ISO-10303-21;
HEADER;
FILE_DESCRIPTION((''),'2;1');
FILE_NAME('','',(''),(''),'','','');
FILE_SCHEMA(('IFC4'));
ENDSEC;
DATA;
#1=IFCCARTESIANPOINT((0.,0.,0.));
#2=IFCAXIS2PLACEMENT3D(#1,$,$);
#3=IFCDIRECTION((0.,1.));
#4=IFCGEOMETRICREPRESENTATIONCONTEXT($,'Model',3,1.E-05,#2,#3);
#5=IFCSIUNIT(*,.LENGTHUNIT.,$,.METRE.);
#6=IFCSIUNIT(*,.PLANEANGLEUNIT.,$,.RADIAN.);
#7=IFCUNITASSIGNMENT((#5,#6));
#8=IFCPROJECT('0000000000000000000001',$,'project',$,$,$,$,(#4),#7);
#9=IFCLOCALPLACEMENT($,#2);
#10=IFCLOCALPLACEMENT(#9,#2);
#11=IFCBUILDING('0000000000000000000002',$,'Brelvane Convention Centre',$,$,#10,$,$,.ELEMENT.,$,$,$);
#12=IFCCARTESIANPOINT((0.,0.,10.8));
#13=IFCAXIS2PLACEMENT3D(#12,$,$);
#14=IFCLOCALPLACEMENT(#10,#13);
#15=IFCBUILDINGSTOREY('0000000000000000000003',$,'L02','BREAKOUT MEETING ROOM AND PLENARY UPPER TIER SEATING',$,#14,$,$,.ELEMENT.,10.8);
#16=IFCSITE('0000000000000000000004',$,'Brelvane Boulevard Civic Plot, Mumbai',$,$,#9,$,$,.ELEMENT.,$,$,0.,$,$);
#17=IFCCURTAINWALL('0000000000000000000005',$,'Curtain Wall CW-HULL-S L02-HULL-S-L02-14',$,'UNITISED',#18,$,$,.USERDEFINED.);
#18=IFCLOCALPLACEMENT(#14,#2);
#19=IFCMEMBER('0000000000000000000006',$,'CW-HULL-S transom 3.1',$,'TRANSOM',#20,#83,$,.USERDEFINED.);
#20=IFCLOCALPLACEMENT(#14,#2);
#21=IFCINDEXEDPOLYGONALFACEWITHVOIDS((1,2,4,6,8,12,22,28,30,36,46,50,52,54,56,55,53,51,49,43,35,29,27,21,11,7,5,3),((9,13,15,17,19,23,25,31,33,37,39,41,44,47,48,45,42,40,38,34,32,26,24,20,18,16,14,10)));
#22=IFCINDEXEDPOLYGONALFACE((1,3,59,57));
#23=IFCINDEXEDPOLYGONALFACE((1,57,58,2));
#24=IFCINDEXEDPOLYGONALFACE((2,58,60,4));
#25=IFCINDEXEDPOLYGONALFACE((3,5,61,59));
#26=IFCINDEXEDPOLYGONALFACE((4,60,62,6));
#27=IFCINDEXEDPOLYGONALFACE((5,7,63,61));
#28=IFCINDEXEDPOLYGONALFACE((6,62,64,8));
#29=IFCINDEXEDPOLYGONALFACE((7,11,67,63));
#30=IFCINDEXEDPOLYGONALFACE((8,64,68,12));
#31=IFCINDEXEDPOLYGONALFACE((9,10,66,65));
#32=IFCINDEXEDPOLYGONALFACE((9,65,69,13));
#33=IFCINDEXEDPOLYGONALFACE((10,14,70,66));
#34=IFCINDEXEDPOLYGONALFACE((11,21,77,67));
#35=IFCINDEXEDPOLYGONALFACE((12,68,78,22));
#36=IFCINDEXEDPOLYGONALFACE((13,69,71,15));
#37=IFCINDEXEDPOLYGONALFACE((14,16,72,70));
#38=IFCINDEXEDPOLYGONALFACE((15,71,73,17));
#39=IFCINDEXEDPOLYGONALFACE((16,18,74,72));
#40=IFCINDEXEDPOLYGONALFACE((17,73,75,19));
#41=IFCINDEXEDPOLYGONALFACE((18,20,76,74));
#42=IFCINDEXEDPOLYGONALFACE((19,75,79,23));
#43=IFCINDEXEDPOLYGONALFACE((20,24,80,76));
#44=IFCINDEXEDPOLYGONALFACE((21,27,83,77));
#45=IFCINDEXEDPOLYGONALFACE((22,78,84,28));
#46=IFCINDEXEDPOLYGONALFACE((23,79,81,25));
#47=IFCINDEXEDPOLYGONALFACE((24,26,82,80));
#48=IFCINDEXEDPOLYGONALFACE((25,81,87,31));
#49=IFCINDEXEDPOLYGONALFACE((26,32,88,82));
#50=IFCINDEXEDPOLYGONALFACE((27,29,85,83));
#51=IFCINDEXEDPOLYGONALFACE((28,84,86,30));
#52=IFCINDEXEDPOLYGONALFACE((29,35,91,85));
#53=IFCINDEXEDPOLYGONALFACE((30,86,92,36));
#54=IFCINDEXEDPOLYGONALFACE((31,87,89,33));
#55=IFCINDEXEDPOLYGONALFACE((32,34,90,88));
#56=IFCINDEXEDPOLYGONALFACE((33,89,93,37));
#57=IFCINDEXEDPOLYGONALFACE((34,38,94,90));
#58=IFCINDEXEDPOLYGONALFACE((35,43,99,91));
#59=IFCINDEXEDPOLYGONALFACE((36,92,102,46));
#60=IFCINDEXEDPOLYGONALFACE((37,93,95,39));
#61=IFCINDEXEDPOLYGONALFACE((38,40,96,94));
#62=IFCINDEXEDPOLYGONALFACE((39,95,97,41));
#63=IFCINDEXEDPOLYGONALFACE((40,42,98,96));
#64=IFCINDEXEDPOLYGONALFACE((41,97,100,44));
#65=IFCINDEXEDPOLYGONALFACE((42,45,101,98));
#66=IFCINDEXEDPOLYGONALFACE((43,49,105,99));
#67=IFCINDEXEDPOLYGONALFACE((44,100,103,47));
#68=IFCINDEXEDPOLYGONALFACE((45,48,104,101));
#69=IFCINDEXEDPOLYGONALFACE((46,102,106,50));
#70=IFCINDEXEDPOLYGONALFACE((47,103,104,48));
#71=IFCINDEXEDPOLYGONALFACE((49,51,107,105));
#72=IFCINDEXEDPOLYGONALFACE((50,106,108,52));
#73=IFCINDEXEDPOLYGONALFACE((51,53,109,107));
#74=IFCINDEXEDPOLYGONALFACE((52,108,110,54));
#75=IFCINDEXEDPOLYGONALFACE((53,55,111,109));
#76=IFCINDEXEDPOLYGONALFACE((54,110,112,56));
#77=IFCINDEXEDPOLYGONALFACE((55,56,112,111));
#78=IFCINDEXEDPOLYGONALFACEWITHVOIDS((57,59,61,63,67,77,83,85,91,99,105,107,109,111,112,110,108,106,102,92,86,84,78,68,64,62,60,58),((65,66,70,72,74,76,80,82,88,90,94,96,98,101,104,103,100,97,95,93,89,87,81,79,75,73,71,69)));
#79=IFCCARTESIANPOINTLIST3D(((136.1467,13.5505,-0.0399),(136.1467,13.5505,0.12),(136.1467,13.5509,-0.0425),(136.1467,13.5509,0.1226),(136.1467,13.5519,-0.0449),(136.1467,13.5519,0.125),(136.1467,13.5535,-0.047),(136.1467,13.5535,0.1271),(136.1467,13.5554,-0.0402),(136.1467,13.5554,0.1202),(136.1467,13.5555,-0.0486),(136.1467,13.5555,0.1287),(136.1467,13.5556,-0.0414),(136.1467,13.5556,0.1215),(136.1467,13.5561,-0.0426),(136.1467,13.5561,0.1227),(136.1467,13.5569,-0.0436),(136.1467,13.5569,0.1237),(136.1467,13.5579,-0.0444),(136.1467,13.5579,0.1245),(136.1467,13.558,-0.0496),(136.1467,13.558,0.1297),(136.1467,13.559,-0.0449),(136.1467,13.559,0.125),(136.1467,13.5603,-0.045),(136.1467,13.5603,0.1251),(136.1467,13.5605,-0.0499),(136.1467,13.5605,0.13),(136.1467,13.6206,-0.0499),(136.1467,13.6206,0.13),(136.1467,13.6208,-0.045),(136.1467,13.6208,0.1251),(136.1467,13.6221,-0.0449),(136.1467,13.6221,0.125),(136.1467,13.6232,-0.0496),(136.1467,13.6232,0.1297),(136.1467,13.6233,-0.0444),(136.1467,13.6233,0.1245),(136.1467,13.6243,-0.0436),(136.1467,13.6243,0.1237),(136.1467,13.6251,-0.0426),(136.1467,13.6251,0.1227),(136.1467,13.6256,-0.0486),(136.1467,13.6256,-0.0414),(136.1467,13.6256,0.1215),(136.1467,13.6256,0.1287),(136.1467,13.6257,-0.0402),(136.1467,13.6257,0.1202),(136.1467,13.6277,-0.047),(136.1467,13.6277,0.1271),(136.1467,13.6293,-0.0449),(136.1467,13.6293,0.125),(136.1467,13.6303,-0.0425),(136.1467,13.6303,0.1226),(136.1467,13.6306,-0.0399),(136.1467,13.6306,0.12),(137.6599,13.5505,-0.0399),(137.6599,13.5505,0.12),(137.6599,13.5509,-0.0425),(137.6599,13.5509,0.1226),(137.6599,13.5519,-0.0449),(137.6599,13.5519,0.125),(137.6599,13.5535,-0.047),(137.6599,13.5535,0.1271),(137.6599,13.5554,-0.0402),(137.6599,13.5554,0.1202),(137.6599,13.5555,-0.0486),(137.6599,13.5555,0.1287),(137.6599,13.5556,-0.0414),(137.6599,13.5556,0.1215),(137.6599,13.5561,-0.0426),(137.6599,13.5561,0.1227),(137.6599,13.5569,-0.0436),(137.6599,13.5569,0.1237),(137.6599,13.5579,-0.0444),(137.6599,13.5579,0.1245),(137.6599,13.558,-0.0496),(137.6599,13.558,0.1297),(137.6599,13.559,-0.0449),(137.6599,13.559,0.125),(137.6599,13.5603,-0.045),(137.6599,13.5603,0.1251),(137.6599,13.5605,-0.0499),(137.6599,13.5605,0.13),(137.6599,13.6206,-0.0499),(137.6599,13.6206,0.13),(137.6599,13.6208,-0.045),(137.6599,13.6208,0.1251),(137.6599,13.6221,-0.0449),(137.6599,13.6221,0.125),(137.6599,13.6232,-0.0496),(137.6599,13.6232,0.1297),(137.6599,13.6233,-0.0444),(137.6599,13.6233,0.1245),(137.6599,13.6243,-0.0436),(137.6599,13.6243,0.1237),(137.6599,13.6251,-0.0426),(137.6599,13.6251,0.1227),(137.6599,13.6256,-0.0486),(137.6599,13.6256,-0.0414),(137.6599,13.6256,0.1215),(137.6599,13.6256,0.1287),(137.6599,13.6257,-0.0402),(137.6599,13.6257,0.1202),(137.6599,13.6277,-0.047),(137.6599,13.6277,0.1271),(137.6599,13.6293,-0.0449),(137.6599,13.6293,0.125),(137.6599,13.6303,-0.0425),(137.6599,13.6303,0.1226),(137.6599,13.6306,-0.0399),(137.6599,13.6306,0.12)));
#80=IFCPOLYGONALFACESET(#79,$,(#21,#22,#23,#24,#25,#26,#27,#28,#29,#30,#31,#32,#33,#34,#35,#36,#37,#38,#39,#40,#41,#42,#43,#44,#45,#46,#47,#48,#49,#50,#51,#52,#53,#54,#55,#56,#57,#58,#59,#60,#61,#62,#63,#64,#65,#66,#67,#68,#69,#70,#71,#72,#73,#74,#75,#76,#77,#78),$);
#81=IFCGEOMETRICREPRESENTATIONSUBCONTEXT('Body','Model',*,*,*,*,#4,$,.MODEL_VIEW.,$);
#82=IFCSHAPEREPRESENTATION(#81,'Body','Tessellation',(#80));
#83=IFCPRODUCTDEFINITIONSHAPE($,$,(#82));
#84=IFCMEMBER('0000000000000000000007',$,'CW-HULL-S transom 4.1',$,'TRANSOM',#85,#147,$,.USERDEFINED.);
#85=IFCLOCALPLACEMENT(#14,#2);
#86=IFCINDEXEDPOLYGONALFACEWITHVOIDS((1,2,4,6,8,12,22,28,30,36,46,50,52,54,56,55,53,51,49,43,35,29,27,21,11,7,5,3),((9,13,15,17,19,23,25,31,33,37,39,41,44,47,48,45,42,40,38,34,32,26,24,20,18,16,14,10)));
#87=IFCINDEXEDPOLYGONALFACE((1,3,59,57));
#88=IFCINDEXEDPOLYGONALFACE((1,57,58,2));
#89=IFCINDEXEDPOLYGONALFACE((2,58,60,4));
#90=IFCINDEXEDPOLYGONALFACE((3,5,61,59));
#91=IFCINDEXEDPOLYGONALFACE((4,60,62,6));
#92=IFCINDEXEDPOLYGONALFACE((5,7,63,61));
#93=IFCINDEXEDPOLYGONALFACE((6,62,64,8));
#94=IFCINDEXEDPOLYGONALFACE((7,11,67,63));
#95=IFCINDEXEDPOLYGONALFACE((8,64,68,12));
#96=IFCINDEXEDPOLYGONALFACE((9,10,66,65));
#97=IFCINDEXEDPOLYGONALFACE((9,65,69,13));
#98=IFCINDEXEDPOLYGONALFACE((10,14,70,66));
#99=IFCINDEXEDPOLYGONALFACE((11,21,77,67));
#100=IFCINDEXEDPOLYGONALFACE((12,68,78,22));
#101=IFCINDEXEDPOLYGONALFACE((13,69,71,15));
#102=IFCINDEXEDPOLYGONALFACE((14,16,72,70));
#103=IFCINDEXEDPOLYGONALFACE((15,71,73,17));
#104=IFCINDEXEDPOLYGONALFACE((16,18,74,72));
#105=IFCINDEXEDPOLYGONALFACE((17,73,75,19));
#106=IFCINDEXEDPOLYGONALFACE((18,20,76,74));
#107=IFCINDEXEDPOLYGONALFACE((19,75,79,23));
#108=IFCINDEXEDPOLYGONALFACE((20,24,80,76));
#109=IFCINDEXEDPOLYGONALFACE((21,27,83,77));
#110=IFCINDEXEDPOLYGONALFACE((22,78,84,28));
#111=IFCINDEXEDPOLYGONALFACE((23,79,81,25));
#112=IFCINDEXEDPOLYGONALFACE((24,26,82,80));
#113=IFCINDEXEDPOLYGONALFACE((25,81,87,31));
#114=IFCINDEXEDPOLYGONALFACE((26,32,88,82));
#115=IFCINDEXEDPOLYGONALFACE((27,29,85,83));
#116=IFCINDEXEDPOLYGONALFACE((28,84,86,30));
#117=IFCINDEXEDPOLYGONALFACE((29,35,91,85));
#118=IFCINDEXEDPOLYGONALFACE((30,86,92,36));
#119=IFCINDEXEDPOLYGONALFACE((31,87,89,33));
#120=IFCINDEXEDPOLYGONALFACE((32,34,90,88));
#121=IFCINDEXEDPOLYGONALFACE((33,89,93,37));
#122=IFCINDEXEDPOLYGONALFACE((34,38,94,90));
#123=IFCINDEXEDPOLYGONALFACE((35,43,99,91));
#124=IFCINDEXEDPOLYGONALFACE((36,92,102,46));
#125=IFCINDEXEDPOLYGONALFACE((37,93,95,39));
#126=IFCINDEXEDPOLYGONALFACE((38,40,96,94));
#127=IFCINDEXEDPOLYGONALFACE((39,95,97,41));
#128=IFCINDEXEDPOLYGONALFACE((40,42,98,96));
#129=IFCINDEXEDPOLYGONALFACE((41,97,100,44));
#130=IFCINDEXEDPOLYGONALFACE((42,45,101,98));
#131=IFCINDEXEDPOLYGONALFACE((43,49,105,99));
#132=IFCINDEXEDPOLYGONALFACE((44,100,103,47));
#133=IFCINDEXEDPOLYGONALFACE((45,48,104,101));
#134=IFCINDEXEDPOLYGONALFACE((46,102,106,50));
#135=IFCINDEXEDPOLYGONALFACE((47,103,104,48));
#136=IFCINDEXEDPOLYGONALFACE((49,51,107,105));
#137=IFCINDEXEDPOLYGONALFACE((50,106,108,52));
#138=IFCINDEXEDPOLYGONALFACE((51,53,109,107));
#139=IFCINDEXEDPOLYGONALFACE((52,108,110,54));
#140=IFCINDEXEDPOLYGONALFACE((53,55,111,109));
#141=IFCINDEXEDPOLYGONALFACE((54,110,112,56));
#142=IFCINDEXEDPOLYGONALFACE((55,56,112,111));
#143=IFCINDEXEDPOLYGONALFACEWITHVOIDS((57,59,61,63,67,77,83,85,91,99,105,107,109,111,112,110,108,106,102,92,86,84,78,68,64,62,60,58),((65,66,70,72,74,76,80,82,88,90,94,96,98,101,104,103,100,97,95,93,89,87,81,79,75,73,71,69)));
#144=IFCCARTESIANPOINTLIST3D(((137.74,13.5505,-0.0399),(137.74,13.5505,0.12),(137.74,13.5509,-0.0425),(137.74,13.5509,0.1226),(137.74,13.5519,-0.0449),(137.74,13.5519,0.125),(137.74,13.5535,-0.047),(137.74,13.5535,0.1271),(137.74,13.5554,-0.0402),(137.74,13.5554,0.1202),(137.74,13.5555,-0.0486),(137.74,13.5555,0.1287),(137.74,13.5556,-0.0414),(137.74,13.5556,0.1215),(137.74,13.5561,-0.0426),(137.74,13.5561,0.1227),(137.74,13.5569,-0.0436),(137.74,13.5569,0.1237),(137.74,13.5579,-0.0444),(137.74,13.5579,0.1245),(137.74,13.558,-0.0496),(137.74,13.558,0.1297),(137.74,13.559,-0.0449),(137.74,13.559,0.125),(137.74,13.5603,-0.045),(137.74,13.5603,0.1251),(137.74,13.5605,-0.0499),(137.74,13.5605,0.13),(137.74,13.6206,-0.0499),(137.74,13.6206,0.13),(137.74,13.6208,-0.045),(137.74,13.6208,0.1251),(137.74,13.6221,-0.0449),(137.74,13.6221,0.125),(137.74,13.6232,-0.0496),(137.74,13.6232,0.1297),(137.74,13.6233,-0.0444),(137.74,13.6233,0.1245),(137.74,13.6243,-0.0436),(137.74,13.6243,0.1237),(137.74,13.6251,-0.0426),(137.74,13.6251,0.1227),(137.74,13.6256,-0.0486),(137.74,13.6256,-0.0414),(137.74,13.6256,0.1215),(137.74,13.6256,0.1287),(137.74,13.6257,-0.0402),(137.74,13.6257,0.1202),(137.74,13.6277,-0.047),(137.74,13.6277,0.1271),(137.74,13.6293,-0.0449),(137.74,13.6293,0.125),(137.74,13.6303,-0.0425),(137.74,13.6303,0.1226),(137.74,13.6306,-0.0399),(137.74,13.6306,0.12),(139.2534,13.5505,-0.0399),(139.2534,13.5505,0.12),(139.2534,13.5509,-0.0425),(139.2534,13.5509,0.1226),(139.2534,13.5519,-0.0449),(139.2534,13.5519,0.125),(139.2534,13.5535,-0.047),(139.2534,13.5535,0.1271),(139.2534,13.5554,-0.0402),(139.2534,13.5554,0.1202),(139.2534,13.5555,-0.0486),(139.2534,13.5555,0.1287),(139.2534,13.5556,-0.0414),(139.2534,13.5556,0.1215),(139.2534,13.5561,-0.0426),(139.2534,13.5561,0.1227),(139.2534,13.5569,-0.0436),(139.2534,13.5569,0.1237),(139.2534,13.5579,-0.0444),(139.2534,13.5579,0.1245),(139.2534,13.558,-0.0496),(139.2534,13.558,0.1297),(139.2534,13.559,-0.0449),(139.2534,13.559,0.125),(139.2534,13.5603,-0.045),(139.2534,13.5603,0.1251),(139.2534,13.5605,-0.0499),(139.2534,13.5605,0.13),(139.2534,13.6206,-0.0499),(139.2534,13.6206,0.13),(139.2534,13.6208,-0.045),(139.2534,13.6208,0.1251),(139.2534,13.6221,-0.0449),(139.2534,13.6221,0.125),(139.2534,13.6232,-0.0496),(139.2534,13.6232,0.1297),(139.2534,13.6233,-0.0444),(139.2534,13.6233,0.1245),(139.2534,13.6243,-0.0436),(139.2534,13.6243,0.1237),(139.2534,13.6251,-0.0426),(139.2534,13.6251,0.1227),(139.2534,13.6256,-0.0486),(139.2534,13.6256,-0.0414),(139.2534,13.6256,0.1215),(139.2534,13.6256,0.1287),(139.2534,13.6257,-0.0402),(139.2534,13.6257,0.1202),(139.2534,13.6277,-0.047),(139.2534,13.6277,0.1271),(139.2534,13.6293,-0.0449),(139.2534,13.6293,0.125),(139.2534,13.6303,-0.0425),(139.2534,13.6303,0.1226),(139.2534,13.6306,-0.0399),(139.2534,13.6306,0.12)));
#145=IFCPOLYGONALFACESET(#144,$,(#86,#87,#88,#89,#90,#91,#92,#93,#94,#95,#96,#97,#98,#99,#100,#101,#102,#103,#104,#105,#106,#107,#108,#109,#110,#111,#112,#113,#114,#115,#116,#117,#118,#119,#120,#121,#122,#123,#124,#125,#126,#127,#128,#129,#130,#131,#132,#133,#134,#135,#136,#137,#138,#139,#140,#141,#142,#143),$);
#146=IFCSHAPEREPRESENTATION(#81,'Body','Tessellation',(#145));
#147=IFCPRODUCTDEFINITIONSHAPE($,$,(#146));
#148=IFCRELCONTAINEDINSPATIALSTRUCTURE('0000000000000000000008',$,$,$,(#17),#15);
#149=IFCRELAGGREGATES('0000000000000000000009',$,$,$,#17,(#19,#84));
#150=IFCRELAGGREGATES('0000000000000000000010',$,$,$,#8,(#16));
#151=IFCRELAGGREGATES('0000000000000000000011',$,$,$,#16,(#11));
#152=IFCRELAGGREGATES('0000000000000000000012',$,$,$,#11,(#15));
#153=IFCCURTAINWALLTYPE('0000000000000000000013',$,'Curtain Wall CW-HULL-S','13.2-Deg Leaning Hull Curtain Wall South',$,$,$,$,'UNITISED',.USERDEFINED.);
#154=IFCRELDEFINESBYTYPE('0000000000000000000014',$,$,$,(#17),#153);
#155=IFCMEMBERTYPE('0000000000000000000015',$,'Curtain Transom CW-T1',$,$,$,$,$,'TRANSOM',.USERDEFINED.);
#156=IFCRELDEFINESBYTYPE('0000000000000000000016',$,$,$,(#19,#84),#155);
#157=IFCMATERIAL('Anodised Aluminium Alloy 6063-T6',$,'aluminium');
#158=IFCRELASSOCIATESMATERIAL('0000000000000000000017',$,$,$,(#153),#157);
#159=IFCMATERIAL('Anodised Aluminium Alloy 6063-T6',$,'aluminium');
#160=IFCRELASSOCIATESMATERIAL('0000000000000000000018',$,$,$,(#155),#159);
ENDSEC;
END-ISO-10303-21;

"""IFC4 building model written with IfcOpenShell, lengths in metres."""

from ifc_helpers import new_model, si_unit, direction, frame, origin, origin_2d, place, context, subcontext, project, spatial, hollow_rectangle, extrude, material, material_profile, profile_set, type_object, element, aggregate, save


model = new_model("IFC4")

# Units and contexts
model_context = context("Model", 3, precision=1e-05, world=origin(), true_north=direction((0.0, 1.0)))
body_context = subcontext(model_context, "Body", "Model", "MODEL_VIEW")
ifc_project = project(units=[si_unit("LENGTHUNIT", "METRE"), si_unit("PLANEANGLEUNIT", "RADIAN")], contexts=[model_context])

# Site, building, storey
site_placement = place(None, origin())
site = spatial("IfcSite", under=ifc_project, at=site_placement, Name="Brelvane Boulevard Civic Plot, Mumbai", CompositionType="ELEMENT", RefElevation=0.0)
building_placement = place(site_placement, origin())
building = spatial("IfcBuilding", under=site, at=building_placement, Name="Brelvane Convention Centre", CompositionType="ELEMENT")
storey_placement = place(building_placement, frame((0.0, 0.0, 10.8)))
storey = spatial("IfcBuildingStorey", under=building, at=storey_placement, Name="L02", Description="BREAKOUT MEETING ROOM AND PLENARY UPPER TIER SEATING", CompositionType="ELEMENT", Elevation=10.8)

# Curtain wall
ifc_material_1 = material(Name="Anodised Aluminium Alloy 6063-T6", Category="aluminium")
curtain_wall_type = type_object("IfcCurtainWallType", Name="Curtain Wall CW-HULL-S", Description="13.2-Deg Leaning Hull Curtain Wall South", ElementType="UNITISED", PredefinedType="USERDEFINED", material=ifc_material_1)
curtain_wall_1_placement = place(storey_placement, origin())
curtain_wall_1 = element("IfcCurtainWall", 1, at=curtain_wall_1_placement, inside=storey, type_object=curtain_wall_type, Name="Curtain Wall CW-HULL-S L02-HULL-S-L02-14", ObjectType="UNITISED", PredefinedType="USERDEFINED")

# Members
ifc_material_2 = material(Name="Anodised Aluminium Alloy 6063-T6", Category="aluminium")
ifc_material_profile_1 = material_profile(ifc_material_2, hollow_rectangle(XDim=0.0801, YDim=0.1799, WallThickness=0.0049, InnerFilletRadius=0.0049, OuterFilletRadius=0.01, at=origin_2d()), Name="ALU-T 180x80x5.0")
ifc_profile_set_1 = profile_set([ifc_material_profile_1], Name="Anodised Aluminium Alloy 6063-T6")
member_type_1 = type_object("IfcMemberType", Name="Curtain Transom CW-T1", ElementType="TRANSOM", PredefinedType="USERDEFINED", material=ifc_profile_set_1)
member_1_placement = place(storey_placement, frame((136.1467, 13.5906, 0.04), z_axis=(1.0, 0.0, 0.0), x_axis=(0.0, 1.0, 0.0)))
member_1 = element("IfcMember", 2, at=member_1_placement, type_object=member_type_1, Name="CW-HULL-S transom 3.1", ObjectType="TRANSOM", PredefinedType="USERDEFINED", context=body_context, shape_type="SweptSolid", body=[
    extrude(hollow_rectangle(XDim=0.0801, YDim=0.1799, WallThickness=0.0049, InnerFilletRadius=0.0049, OuterFilletRadius=0.01, at=origin_2d()), origin(), (0.0, 0.0, 1.0), 1.5132),
])
member_2_placement = place(storey_placement, frame((137.74, 13.5906, 0.04), z_axis=(1.0, 0.0, 0.0), x_axis=(0.0, 1.0, 0.0)))
member_2 = element("IfcMember", 3, at=member_2_placement, type_object=member_type_1, Name="CW-HULL-S transom 4.1", ObjectType="TRANSOM", PredefinedType="USERDEFINED", context=body_context, shape_type="SweptSolid", body=[
    extrude(hollow_rectangle(XDim=0.0801, YDim=0.1799, WallThickness=0.0049, InnerFilletRadius=0.0049, OuterFilletRadius=0.01, at=origin_2d()), origin(), (0.0, 0.0, 1.0), 1.5134),
])
aggregate(curtain_wall_1, [member_1, member_2])

save(model, "model.ifc")
